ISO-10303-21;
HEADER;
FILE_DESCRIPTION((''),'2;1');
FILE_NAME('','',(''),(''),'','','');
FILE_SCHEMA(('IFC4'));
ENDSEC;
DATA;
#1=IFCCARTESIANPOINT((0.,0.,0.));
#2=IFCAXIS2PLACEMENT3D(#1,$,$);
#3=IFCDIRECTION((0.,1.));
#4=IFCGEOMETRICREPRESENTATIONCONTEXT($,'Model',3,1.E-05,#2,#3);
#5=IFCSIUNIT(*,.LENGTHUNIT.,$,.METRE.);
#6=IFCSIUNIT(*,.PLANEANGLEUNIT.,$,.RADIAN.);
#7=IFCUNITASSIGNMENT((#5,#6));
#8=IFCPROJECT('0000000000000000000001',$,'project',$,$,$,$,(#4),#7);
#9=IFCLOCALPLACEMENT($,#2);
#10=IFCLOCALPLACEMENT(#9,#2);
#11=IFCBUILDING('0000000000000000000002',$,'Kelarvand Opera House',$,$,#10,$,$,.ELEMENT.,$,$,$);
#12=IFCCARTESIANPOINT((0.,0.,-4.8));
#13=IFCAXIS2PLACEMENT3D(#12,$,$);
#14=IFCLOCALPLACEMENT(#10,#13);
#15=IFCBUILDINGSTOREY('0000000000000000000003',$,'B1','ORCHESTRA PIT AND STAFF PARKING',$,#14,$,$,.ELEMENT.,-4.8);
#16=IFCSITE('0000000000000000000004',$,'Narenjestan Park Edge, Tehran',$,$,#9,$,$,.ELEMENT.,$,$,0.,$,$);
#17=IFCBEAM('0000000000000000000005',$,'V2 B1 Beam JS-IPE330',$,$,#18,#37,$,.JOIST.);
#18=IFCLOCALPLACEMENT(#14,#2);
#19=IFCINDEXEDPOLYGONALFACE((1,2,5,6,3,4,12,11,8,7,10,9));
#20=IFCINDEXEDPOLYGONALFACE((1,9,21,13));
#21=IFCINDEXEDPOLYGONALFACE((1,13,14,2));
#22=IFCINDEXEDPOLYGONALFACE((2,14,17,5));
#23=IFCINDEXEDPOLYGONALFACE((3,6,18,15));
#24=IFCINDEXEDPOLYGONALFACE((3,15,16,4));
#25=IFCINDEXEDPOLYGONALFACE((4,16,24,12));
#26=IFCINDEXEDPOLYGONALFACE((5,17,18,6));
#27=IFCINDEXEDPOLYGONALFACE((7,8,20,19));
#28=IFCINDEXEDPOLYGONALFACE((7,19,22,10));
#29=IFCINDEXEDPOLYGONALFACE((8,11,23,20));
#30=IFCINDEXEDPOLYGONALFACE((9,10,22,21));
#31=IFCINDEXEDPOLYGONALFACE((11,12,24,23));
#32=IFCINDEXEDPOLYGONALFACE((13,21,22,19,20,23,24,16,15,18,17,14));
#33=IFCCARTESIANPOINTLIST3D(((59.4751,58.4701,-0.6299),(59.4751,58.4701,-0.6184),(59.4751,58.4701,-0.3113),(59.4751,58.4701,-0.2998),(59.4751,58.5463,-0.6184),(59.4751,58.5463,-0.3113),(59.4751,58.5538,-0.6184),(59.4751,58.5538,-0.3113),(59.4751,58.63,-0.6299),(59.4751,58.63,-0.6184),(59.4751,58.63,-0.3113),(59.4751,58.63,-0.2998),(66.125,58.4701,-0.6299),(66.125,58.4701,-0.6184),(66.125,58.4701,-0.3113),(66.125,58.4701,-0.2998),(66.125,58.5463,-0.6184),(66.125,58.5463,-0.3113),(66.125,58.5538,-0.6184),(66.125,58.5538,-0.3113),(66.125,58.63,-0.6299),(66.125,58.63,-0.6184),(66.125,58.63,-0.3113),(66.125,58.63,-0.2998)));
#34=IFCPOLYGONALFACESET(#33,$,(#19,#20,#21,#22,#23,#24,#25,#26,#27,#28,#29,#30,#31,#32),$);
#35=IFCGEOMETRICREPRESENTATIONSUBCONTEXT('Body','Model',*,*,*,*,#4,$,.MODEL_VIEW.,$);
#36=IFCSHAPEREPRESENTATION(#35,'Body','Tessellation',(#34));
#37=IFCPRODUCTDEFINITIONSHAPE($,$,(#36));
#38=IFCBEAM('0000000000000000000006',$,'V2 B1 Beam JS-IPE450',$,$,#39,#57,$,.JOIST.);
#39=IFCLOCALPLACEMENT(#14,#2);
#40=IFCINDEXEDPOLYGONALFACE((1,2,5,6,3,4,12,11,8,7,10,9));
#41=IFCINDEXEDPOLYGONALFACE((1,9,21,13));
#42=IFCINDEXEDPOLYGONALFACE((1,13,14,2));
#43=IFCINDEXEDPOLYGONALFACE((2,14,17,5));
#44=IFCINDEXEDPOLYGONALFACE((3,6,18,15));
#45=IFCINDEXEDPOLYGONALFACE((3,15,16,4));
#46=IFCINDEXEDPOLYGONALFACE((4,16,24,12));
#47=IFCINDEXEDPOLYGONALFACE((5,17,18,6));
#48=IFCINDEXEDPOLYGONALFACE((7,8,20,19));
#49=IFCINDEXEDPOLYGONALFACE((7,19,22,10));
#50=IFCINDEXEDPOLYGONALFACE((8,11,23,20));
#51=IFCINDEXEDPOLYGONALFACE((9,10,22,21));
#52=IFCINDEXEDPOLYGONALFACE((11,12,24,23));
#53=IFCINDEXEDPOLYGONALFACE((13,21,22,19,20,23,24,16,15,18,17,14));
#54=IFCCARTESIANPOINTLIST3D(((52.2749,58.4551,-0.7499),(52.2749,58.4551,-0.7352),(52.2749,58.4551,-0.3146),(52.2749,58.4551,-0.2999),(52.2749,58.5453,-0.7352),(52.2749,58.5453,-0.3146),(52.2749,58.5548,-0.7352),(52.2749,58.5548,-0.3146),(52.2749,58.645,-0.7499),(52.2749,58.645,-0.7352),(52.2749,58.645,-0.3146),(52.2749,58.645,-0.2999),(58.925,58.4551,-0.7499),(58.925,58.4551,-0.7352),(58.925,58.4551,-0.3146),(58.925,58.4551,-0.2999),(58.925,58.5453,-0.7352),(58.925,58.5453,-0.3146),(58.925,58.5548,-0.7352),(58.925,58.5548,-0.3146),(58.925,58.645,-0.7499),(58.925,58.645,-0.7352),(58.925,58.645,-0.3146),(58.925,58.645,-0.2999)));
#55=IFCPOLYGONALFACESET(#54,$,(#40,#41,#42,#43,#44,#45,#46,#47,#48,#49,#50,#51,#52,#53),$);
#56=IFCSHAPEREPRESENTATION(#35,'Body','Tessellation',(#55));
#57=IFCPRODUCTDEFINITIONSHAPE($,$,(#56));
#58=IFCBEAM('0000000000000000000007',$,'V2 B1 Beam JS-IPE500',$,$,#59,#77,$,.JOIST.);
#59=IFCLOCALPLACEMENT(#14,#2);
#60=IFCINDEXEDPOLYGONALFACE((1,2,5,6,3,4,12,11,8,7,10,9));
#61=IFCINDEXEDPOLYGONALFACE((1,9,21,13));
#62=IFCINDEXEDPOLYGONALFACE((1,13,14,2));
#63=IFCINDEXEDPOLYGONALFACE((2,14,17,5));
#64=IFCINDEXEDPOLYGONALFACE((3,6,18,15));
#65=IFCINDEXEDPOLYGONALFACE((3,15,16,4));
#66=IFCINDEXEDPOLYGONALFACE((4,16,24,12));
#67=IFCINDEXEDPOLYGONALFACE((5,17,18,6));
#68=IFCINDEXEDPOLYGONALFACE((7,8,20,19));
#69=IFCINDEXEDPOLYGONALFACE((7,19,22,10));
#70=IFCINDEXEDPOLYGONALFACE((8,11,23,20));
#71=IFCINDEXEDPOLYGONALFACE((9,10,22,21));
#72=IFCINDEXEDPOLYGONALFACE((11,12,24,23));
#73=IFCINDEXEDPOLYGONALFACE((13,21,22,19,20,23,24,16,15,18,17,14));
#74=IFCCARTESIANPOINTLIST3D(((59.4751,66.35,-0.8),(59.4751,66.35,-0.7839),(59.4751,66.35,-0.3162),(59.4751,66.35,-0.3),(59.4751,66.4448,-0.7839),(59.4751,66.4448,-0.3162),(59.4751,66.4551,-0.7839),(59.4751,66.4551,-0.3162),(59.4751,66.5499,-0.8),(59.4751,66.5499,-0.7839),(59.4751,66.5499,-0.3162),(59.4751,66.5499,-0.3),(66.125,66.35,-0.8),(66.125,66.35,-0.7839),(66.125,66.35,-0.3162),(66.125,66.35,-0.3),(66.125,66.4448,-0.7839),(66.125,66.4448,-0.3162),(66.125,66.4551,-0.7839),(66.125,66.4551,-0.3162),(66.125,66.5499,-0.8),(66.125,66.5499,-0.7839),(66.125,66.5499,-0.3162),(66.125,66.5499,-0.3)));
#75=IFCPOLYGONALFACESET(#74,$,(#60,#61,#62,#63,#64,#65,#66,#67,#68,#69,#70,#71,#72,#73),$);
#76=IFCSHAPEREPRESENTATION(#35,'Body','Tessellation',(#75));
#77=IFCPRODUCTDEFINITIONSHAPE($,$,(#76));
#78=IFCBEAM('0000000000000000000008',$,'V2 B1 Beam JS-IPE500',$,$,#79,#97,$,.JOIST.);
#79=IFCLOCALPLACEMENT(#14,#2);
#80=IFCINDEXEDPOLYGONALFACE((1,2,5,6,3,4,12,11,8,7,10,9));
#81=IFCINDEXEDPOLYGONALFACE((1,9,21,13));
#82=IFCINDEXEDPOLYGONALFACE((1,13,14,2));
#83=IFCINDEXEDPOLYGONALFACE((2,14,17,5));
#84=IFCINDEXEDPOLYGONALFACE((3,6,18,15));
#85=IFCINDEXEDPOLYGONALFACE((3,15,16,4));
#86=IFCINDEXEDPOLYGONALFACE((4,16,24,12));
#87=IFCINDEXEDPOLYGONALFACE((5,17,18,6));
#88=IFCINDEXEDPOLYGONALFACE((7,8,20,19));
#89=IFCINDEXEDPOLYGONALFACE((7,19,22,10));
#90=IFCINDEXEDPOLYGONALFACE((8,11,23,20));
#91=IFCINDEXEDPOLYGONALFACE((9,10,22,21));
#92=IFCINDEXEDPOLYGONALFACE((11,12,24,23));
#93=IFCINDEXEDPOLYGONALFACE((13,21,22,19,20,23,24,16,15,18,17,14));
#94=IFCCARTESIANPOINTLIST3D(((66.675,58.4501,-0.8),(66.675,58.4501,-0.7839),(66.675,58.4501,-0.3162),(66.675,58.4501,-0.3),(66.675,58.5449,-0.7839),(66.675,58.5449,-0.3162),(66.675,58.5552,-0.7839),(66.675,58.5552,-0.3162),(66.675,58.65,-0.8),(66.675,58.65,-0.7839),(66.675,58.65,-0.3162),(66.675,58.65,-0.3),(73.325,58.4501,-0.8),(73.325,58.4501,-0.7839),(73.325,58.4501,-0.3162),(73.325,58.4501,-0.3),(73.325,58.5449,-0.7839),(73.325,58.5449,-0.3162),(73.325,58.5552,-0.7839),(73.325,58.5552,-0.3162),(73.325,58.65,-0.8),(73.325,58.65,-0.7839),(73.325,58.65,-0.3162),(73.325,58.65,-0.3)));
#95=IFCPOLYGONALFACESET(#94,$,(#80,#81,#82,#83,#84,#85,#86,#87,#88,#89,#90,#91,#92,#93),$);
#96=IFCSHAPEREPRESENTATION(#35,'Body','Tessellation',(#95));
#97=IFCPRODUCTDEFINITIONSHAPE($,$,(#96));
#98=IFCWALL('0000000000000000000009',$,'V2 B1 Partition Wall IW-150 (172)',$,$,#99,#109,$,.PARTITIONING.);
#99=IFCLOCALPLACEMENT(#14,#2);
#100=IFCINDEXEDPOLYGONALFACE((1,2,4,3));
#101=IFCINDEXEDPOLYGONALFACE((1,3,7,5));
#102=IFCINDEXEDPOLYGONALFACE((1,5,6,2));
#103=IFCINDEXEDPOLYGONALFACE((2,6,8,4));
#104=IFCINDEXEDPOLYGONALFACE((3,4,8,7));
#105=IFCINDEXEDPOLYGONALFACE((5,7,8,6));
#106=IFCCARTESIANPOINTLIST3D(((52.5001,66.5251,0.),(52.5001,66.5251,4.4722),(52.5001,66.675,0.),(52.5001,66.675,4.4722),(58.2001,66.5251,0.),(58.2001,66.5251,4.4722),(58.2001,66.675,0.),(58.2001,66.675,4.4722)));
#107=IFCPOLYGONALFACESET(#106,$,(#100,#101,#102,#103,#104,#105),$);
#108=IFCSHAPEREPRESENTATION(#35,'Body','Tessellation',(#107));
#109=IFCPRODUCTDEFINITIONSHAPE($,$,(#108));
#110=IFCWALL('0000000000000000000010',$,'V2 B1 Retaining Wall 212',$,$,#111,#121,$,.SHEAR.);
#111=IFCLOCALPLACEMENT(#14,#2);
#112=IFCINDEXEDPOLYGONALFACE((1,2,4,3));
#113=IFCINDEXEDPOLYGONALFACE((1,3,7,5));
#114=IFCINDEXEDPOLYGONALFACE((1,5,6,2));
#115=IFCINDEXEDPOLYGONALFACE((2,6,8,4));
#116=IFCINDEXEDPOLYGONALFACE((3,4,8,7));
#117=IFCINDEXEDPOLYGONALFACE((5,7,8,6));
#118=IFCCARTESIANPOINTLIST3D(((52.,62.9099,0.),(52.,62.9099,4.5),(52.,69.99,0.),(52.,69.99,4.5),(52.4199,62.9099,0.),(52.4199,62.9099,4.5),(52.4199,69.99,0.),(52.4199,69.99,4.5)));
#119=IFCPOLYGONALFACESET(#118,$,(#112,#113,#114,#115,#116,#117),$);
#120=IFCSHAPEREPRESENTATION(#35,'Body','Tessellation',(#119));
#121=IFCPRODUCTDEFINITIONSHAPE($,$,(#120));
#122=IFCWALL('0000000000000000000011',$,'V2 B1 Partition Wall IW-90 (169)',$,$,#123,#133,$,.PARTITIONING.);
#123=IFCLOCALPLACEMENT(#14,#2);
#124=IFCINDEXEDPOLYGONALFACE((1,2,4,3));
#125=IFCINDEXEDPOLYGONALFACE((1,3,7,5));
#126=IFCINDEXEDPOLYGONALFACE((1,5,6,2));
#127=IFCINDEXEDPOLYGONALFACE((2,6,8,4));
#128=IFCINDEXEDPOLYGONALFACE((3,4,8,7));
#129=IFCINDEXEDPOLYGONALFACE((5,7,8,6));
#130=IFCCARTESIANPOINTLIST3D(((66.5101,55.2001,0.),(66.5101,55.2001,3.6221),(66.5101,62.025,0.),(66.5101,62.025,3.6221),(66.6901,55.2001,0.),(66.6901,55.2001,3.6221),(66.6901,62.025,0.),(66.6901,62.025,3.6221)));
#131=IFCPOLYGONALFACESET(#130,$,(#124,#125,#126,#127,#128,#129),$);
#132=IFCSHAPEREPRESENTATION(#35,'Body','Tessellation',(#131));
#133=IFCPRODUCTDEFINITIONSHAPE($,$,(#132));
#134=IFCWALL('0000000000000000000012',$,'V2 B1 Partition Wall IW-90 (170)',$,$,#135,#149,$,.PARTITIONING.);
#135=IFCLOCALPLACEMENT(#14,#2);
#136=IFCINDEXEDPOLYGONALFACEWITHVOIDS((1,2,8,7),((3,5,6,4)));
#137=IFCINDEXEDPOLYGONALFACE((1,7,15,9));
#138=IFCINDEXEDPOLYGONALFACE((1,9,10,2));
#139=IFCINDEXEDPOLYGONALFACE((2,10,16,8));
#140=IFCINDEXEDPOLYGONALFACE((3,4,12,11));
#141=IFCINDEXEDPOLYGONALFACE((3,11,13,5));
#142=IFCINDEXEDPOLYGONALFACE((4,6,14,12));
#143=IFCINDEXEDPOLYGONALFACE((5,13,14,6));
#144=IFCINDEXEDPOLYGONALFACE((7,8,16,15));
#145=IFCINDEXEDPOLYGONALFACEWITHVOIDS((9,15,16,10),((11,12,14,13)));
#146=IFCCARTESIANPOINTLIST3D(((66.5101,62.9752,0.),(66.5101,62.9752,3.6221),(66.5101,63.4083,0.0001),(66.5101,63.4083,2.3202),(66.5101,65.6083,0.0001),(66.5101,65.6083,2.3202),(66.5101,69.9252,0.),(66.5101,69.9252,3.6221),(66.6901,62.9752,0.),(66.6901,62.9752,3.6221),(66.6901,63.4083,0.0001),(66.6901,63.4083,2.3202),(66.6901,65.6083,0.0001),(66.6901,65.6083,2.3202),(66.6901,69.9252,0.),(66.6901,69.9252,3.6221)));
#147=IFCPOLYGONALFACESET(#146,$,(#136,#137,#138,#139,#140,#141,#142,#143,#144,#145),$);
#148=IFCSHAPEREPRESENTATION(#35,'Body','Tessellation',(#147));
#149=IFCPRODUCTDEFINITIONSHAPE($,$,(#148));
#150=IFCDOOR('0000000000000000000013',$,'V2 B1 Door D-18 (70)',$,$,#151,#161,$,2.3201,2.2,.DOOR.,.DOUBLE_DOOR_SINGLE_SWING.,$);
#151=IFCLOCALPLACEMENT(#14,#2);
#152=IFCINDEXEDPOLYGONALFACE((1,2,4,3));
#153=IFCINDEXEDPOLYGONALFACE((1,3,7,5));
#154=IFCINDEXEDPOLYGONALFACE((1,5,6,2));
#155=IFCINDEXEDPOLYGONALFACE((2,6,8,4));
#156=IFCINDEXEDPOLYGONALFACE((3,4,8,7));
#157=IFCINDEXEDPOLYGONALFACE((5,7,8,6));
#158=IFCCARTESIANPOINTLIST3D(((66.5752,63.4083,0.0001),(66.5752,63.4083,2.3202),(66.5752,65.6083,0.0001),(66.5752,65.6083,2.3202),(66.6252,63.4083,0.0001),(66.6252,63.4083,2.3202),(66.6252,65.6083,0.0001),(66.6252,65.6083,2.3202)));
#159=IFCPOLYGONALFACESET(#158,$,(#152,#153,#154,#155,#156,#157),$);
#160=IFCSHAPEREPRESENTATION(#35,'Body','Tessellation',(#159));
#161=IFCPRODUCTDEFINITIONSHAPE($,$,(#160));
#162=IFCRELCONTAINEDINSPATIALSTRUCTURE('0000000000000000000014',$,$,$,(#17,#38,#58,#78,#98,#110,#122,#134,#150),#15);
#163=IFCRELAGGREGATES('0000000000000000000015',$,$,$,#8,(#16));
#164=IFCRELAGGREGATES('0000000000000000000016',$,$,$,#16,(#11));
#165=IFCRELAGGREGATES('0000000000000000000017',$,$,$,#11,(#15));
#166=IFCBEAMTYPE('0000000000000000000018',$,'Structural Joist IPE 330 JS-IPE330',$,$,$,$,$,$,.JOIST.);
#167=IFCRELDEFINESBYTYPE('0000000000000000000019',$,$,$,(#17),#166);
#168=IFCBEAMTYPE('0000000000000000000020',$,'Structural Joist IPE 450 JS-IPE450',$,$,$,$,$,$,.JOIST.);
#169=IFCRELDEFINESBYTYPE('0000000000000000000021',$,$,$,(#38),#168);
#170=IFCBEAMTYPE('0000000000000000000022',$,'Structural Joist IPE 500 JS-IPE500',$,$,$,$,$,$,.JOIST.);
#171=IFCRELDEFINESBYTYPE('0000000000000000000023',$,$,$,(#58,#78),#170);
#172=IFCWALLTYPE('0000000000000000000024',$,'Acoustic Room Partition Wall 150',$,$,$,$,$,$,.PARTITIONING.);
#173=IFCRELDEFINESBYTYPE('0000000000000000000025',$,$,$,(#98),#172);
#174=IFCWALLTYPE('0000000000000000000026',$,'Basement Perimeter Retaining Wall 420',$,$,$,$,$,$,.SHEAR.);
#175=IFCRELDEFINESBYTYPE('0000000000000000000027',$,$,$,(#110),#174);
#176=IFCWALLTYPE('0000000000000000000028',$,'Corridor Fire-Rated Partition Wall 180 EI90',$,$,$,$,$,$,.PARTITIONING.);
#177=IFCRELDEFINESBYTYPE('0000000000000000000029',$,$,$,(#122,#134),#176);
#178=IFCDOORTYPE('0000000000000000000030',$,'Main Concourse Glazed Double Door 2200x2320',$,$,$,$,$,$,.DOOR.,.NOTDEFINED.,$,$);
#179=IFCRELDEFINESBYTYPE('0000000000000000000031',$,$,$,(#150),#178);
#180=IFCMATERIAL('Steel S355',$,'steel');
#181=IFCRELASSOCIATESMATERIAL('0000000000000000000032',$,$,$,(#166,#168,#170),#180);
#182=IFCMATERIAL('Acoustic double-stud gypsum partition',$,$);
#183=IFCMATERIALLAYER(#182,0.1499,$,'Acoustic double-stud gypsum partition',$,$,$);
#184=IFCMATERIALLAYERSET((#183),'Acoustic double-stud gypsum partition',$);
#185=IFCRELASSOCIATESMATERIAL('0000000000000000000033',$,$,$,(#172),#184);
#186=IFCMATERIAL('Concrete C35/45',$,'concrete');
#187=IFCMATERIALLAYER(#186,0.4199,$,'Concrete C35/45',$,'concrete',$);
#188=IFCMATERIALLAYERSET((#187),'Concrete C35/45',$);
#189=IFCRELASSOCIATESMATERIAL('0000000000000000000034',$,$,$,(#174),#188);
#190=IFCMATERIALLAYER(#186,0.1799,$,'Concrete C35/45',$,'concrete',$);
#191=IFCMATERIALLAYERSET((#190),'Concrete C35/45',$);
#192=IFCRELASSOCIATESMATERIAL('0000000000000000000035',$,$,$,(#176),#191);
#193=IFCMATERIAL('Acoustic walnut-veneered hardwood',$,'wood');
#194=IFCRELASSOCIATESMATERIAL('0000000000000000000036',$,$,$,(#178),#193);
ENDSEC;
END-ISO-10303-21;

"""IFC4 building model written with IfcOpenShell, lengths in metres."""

from ifc_helpers import new_model, si_unit, direction, frame, frame_2d, origin, origin_2d, place, context, subcontext, project, spatial, rectangle, i_section, extrude, material, layer, layer_set, material_profile, profile_set, type_object, element, fill, save


model = new_model("IFC4")

# Units and contexts
model_context = context("Model", 3, precision=1e-05, world=origin(), true_north=direction((0.0, 1.0)))
body_context = subcontext(model_context, "Body", "Model", "MODEL_VIEW")
ifc_project = project(units=[si_unit("LENGTHUNIT", "METRE"), si_unit("PLANEANGLEUNIT", "RADIAN")], contexts=[model_context])

# Site, building, storey
site_placement = place(None, origin())
site = spatial("IfcSite", under=ifc_project, at=site_placement, Name="Narenjestan Park Edge, Tehran", CompositionType="ELEMENT", RefElevation=0.0)
building_placement = place(site_placement, origin())
building = spatial("IfcBuilding", under=site, at=building_placement, Name="Kelarvand Opera House", CompositionType="ELEMENT")
storey_placement = place(building_placement, frame((0.0, 0.0, -4.8)))
storey = spatial("IfcBuildingStorey", under=building, at=storey_placement, Name="B1", Description="ORCHESTRA PIT AND STAFF PARKING", CompositionType="ELEMENT", Elevation=-4.8)

# Beams
ifc_material_1 = material(Name="Steel S355", Category="steel")
ifc_material_profile_1 = material_profile(ifc_material_1, i_section(OverallWidth=0.1599, OverallDepth=0.3301, WebThickness=0.0076, FlangeThickness=0.0115, at=origin_2d()), Name="IPE 330", Category="steel")
ifc_profile_set_1 = profile_set([ifc_material_profile_1], Name="Steel S355")
beam_type_1 = type_object("IfcBeamType", Name="Structural Joist IPE 330 JS-IPE330", PredefinedType="JOIST", material=ifc_profile_set_1)
beam_1_placement = place(storey_placement, frame((59.4751, 58.55, -0.4648), z_axis=(1.0, 0.0, 0.0), x_axis=(0.0, 1.0, 0.0)))
element("IfcBeam", 1, at=beam_1_placement, inside=storey, type_object=beam_type_1, Name="V2 B1 Beam JS-IPE330", PredefinedType="JOIST", context=body_context, shape_type="SweptSolid", body=[
    extrude(i_section(OverallWidth=0.1599, OverallDepth=0.3301, WebThickness=0.0076, FlangeThickness=0.0115, at=origin_2d()), origin(), (0.0, 0.0, 1.0), 6.6499),
])
ifc_material_profile_2 = material_profile(ifc_material_1, i_section(OverallWidth=0.1899, OverallDepth=0.45, WebThickness=0.0095, FlangeThickness=0.0146, at=origin_2d()), Name="IPE 450", Category="steel")
ifc_profile_set_2 = profile_set([ifc_material_profile_2], Name="Steel S355")
beam_type_2 = type_object("IfcBeamType", Name="Structural Joist IPE 450 JS-IPE450", PredefinedType="JOIST", material=ifc_profile_set_2)
beam_2_placement = place(storey_placement, frame((52.2749, 58.55, -0.5249), z_axis=(1.0, 0.0, 0.0), x_axis=(0.0, 1.0, 0.0)))
element("IfcBeam", 2, at=beam_2_placement, inside=storey, type_object=beam_type_2, Name="V2 B1 Beam JS-IPE450", PredefinedType="JOIST", context=body_context, shape_type="SweptSolid", body=[
    extrude(i_section(OverallWidth=0.1899, OverallDepth=0.45, WebThickness=0.0095, FlangeThickness=0.0146, at=origin_2d()), origin(), (0.0, 0.0, 1.0), 6.6501),
])
ifc_material_profile_3 = material_profile(ifc_material_1, i_section(OverallWidth=0.2, OverallDepth=0.5, WebThickness=0.0103, FlangeThickness=0.0161, at=origin_2d()), Name="IPE 500", Category="steel")
ifc_profile_set_3 = profile_set([ifc_material_profile_3], Name="Steel S355")
beam_type_3 = type_object("IfcBeamType", Name="Structural Joist IPE 500 JS-IPE500", PredefinedType="JOIST", material=ifc_profile_set_3)
for number, where, z_axis, x_axis, name in (
    (3, (59.4751, 66.45, -0.55), (1.0, 0.0, 0.0), (0.0, 1.0, 0.0), "V2 B1 Beam JS-IPE500"),
    (4, (66.675, 58.55, -0.55), (1.0, 0.0, 0.0), (0.0, 1.0, 0.0), "V2 B1 Beam JS-IPE500"),
):
    element("IfcBeam", number, at=place(storey_placement, frame(where, z_axis=z_axis, x_axis=x_axis)), inside=storey, type_object=beam_type_3, Name=name, PredefinedType="JOIST", context=body_context, shape_type="SweptSolid", body=[
        extrude(i_section(OverallWidth=0.2, OverallDepth=0.5, WebThickness=0.0103, FlangeThickness=0.0161, at=origin_2d()), origin(), (0.0, 0.0, 1.0), 6.6499),
    ])

# Walls
ifc_material_2 = material(Name="Acoustic double-stud gypsum partition")
ifc_layer_1 = layer(ifc_material_2, 0.1499, Name="Acoustic double-stud gypsum partition")
ifc_layer_set_1 = layer_set([ifc_layer_1], Name="Acoustic double-stud gypsum partition")
wall_type_1 = type_object("IfcWallType", Name="Acoustic Room Partition Wall 150", PredefinedType="PARTITIONING", material=ifc_layer_set_1)
wall_1_placement = place(storey_placement, frame((52.5, 66.6001, 0.0), z_axis=(0.0, 0.0, 1.0), x_axis=(1.0, 0.0, 0.0)))
element("IfcWall", 5, at=wall_1_placement, inside=storey, type_object=wall_type_1, Name="V2 B1 Partition Wall IW-150 (172)", PredefinedType="PARTITIONING", context=body_context, shape_type="SweptSolid", body=[
    extrude(rectangle(XDim=5.7, YDim=0.1499, at=frame_2d((2.8501, 0.0))), origin(), (0.0, 0.0, 1.0), 4.4722),
])
ifc_material_3 = material(Name="Concrete C35/45", Category="concrete")
ifc_layer_2 = layer(ifc_material_3, 0.4199, Name="Concrete C35/45", Category="concrete")
ifc_layer_set_2 = layer_set([ifc_layer_2], Name="Concrete C35/45")
wall_type_2 = type_object("IfcWallType", Name="Basement Perimeter Retaining Wall 420", PredefinedType="SHEAR", material=ifc_layer_set_2)
wall_2_placement = place(storey_placement, frame((52.21, 62.9099, 0.0), z_axis=(0.0, 0.0, 1.0), x_axis=(0.0, 1.0, 0.0)))
element("IfcWall", 6, at=wall_2_placement, inside=storey, type_object=wall_type_2, Name="V2 B1 Retaining Wall 212", PredefinedType="SHEAR", context=body_context, shape_type="SweptSolid", body=[
    extrude(rectangle(XDim=7.0801, YDim=0.4199, at=frame_2d((3.54, 0.0))), origin(), (0.0, 0.0, 1.0), 4.5),
])
ifc_layer_3 = layer(ifc_material_3, 0.1799, Name="Concrete C35/45", Category="concrete")
ifc_layer_set_3 = layer_set([ifc_layer_3], Name="Concrete C35/45")
wall_type_3 = type_object("IfcWallType", Name="Corridor Fire-Rated Partition Wall 180 EI90", PredefinedType="PARTITIONING", material=ifc_layer_set_3)
wall_3_placement = place(storey_placement, frame((66.6001, 55.2, 0.0), z_axis=(0.0, 0.0, 1.0), x_axis=(0.0, 1.0, 0.0)))
element("IfcWall", 7, at=wall_3_placement, inside=storey, type_object=wall_type_3, Name="V2 B1 Partition Wall IW-90 (169)", PredefinedType="PARTITIONING", context=body_context, shape_type="SweptSolid", body=[
    extrude(rectangle(XDim=6.825, YDim=0.1799, at=frame_2d((3.4126, 0.0))), origin(), (0.0, 0.0, 1.0), 3.6221),
])

# Wall, opening, door
wall_4_placement = place(storey_placement, frame((66.6001, 62.9751, 0.0), z_axis=(0.0, 0.0, 1.0), x_axis=(0.0, 1.0, 0.0)))
wall_4 = element("IfcWall", 8, at=wall_4_placement, inside=storey, type_object=wall_type_3, Name="V2 B1 Partition Wall IW-90 (170)", PredefinedType="PARTITIONING", context=body_context, shape_type="SweptSolid", body=[
    extrude(rectangle(XDim=6.95, YDim=0.1799, at=frame_2d((3.4751, 0.0))), origin(), (0.0, 0.0, 1.0), 3.6221),
])
opening_1_placement = place(wall_4_placement, frame((0.4331, 0.0, 0.0)))
opening_1 = element("IfcOpeningElement", 9, at=opening_1_placement, cuts=wall_4, PredefinedType="OPENING", context=body_context, shape_type="SweptSolid", body=[
    extrude(rectangle(XDim=2.2, YDim=2.3201, at=frame_2d((1.1001, 1.1602))), frame((0.0, 0.1001, 0.0), z_axis=(0.0, -1.0, 0.0), x_axis=(1.0, 0.0, 0.0)), (0.0, 0.0, 1.0), 0.2),
])
ifc_material_4 = material(Name="Acoustic walnut-veneered hardwood", Category="wood")
door_type_1 = type_object("IfcDoorType", Name="Main Concourse Glazed Double Door 2200x2320", OperationType="NOTDEFINED", PredefinedType="DOOR", material=ifc_material_4)
door_1_placement = place(opening_1_placement, origin())
door_1 = element("IfcDoor", 10, at=door_1_placement, inside=storey, type_object=door_type_1, Name="V2 B1 Door D-18 (70)", OperationType="DOUBLE_DOOR_SINGLE_SWING", OverallHeight=2.3201, OverallWidth=2.2, PredefinedType="DOOR", context=body_context, shape_type="SweptSolid", body=[
    extrude(rectangle(XDim=2.2, YDim=2.3201, at=frame_2d((1.1001, 1.1602))), frame((0.0, 0.0249, 0.0), z_axis=(0.0, -1.0, 0.0), x_axis=(1.0, 0.0, 0.0)), (0.0, 0.0, 1.0), 0.05),
])
fill(opening_1, door_1)

save(model, "model.ifc")
